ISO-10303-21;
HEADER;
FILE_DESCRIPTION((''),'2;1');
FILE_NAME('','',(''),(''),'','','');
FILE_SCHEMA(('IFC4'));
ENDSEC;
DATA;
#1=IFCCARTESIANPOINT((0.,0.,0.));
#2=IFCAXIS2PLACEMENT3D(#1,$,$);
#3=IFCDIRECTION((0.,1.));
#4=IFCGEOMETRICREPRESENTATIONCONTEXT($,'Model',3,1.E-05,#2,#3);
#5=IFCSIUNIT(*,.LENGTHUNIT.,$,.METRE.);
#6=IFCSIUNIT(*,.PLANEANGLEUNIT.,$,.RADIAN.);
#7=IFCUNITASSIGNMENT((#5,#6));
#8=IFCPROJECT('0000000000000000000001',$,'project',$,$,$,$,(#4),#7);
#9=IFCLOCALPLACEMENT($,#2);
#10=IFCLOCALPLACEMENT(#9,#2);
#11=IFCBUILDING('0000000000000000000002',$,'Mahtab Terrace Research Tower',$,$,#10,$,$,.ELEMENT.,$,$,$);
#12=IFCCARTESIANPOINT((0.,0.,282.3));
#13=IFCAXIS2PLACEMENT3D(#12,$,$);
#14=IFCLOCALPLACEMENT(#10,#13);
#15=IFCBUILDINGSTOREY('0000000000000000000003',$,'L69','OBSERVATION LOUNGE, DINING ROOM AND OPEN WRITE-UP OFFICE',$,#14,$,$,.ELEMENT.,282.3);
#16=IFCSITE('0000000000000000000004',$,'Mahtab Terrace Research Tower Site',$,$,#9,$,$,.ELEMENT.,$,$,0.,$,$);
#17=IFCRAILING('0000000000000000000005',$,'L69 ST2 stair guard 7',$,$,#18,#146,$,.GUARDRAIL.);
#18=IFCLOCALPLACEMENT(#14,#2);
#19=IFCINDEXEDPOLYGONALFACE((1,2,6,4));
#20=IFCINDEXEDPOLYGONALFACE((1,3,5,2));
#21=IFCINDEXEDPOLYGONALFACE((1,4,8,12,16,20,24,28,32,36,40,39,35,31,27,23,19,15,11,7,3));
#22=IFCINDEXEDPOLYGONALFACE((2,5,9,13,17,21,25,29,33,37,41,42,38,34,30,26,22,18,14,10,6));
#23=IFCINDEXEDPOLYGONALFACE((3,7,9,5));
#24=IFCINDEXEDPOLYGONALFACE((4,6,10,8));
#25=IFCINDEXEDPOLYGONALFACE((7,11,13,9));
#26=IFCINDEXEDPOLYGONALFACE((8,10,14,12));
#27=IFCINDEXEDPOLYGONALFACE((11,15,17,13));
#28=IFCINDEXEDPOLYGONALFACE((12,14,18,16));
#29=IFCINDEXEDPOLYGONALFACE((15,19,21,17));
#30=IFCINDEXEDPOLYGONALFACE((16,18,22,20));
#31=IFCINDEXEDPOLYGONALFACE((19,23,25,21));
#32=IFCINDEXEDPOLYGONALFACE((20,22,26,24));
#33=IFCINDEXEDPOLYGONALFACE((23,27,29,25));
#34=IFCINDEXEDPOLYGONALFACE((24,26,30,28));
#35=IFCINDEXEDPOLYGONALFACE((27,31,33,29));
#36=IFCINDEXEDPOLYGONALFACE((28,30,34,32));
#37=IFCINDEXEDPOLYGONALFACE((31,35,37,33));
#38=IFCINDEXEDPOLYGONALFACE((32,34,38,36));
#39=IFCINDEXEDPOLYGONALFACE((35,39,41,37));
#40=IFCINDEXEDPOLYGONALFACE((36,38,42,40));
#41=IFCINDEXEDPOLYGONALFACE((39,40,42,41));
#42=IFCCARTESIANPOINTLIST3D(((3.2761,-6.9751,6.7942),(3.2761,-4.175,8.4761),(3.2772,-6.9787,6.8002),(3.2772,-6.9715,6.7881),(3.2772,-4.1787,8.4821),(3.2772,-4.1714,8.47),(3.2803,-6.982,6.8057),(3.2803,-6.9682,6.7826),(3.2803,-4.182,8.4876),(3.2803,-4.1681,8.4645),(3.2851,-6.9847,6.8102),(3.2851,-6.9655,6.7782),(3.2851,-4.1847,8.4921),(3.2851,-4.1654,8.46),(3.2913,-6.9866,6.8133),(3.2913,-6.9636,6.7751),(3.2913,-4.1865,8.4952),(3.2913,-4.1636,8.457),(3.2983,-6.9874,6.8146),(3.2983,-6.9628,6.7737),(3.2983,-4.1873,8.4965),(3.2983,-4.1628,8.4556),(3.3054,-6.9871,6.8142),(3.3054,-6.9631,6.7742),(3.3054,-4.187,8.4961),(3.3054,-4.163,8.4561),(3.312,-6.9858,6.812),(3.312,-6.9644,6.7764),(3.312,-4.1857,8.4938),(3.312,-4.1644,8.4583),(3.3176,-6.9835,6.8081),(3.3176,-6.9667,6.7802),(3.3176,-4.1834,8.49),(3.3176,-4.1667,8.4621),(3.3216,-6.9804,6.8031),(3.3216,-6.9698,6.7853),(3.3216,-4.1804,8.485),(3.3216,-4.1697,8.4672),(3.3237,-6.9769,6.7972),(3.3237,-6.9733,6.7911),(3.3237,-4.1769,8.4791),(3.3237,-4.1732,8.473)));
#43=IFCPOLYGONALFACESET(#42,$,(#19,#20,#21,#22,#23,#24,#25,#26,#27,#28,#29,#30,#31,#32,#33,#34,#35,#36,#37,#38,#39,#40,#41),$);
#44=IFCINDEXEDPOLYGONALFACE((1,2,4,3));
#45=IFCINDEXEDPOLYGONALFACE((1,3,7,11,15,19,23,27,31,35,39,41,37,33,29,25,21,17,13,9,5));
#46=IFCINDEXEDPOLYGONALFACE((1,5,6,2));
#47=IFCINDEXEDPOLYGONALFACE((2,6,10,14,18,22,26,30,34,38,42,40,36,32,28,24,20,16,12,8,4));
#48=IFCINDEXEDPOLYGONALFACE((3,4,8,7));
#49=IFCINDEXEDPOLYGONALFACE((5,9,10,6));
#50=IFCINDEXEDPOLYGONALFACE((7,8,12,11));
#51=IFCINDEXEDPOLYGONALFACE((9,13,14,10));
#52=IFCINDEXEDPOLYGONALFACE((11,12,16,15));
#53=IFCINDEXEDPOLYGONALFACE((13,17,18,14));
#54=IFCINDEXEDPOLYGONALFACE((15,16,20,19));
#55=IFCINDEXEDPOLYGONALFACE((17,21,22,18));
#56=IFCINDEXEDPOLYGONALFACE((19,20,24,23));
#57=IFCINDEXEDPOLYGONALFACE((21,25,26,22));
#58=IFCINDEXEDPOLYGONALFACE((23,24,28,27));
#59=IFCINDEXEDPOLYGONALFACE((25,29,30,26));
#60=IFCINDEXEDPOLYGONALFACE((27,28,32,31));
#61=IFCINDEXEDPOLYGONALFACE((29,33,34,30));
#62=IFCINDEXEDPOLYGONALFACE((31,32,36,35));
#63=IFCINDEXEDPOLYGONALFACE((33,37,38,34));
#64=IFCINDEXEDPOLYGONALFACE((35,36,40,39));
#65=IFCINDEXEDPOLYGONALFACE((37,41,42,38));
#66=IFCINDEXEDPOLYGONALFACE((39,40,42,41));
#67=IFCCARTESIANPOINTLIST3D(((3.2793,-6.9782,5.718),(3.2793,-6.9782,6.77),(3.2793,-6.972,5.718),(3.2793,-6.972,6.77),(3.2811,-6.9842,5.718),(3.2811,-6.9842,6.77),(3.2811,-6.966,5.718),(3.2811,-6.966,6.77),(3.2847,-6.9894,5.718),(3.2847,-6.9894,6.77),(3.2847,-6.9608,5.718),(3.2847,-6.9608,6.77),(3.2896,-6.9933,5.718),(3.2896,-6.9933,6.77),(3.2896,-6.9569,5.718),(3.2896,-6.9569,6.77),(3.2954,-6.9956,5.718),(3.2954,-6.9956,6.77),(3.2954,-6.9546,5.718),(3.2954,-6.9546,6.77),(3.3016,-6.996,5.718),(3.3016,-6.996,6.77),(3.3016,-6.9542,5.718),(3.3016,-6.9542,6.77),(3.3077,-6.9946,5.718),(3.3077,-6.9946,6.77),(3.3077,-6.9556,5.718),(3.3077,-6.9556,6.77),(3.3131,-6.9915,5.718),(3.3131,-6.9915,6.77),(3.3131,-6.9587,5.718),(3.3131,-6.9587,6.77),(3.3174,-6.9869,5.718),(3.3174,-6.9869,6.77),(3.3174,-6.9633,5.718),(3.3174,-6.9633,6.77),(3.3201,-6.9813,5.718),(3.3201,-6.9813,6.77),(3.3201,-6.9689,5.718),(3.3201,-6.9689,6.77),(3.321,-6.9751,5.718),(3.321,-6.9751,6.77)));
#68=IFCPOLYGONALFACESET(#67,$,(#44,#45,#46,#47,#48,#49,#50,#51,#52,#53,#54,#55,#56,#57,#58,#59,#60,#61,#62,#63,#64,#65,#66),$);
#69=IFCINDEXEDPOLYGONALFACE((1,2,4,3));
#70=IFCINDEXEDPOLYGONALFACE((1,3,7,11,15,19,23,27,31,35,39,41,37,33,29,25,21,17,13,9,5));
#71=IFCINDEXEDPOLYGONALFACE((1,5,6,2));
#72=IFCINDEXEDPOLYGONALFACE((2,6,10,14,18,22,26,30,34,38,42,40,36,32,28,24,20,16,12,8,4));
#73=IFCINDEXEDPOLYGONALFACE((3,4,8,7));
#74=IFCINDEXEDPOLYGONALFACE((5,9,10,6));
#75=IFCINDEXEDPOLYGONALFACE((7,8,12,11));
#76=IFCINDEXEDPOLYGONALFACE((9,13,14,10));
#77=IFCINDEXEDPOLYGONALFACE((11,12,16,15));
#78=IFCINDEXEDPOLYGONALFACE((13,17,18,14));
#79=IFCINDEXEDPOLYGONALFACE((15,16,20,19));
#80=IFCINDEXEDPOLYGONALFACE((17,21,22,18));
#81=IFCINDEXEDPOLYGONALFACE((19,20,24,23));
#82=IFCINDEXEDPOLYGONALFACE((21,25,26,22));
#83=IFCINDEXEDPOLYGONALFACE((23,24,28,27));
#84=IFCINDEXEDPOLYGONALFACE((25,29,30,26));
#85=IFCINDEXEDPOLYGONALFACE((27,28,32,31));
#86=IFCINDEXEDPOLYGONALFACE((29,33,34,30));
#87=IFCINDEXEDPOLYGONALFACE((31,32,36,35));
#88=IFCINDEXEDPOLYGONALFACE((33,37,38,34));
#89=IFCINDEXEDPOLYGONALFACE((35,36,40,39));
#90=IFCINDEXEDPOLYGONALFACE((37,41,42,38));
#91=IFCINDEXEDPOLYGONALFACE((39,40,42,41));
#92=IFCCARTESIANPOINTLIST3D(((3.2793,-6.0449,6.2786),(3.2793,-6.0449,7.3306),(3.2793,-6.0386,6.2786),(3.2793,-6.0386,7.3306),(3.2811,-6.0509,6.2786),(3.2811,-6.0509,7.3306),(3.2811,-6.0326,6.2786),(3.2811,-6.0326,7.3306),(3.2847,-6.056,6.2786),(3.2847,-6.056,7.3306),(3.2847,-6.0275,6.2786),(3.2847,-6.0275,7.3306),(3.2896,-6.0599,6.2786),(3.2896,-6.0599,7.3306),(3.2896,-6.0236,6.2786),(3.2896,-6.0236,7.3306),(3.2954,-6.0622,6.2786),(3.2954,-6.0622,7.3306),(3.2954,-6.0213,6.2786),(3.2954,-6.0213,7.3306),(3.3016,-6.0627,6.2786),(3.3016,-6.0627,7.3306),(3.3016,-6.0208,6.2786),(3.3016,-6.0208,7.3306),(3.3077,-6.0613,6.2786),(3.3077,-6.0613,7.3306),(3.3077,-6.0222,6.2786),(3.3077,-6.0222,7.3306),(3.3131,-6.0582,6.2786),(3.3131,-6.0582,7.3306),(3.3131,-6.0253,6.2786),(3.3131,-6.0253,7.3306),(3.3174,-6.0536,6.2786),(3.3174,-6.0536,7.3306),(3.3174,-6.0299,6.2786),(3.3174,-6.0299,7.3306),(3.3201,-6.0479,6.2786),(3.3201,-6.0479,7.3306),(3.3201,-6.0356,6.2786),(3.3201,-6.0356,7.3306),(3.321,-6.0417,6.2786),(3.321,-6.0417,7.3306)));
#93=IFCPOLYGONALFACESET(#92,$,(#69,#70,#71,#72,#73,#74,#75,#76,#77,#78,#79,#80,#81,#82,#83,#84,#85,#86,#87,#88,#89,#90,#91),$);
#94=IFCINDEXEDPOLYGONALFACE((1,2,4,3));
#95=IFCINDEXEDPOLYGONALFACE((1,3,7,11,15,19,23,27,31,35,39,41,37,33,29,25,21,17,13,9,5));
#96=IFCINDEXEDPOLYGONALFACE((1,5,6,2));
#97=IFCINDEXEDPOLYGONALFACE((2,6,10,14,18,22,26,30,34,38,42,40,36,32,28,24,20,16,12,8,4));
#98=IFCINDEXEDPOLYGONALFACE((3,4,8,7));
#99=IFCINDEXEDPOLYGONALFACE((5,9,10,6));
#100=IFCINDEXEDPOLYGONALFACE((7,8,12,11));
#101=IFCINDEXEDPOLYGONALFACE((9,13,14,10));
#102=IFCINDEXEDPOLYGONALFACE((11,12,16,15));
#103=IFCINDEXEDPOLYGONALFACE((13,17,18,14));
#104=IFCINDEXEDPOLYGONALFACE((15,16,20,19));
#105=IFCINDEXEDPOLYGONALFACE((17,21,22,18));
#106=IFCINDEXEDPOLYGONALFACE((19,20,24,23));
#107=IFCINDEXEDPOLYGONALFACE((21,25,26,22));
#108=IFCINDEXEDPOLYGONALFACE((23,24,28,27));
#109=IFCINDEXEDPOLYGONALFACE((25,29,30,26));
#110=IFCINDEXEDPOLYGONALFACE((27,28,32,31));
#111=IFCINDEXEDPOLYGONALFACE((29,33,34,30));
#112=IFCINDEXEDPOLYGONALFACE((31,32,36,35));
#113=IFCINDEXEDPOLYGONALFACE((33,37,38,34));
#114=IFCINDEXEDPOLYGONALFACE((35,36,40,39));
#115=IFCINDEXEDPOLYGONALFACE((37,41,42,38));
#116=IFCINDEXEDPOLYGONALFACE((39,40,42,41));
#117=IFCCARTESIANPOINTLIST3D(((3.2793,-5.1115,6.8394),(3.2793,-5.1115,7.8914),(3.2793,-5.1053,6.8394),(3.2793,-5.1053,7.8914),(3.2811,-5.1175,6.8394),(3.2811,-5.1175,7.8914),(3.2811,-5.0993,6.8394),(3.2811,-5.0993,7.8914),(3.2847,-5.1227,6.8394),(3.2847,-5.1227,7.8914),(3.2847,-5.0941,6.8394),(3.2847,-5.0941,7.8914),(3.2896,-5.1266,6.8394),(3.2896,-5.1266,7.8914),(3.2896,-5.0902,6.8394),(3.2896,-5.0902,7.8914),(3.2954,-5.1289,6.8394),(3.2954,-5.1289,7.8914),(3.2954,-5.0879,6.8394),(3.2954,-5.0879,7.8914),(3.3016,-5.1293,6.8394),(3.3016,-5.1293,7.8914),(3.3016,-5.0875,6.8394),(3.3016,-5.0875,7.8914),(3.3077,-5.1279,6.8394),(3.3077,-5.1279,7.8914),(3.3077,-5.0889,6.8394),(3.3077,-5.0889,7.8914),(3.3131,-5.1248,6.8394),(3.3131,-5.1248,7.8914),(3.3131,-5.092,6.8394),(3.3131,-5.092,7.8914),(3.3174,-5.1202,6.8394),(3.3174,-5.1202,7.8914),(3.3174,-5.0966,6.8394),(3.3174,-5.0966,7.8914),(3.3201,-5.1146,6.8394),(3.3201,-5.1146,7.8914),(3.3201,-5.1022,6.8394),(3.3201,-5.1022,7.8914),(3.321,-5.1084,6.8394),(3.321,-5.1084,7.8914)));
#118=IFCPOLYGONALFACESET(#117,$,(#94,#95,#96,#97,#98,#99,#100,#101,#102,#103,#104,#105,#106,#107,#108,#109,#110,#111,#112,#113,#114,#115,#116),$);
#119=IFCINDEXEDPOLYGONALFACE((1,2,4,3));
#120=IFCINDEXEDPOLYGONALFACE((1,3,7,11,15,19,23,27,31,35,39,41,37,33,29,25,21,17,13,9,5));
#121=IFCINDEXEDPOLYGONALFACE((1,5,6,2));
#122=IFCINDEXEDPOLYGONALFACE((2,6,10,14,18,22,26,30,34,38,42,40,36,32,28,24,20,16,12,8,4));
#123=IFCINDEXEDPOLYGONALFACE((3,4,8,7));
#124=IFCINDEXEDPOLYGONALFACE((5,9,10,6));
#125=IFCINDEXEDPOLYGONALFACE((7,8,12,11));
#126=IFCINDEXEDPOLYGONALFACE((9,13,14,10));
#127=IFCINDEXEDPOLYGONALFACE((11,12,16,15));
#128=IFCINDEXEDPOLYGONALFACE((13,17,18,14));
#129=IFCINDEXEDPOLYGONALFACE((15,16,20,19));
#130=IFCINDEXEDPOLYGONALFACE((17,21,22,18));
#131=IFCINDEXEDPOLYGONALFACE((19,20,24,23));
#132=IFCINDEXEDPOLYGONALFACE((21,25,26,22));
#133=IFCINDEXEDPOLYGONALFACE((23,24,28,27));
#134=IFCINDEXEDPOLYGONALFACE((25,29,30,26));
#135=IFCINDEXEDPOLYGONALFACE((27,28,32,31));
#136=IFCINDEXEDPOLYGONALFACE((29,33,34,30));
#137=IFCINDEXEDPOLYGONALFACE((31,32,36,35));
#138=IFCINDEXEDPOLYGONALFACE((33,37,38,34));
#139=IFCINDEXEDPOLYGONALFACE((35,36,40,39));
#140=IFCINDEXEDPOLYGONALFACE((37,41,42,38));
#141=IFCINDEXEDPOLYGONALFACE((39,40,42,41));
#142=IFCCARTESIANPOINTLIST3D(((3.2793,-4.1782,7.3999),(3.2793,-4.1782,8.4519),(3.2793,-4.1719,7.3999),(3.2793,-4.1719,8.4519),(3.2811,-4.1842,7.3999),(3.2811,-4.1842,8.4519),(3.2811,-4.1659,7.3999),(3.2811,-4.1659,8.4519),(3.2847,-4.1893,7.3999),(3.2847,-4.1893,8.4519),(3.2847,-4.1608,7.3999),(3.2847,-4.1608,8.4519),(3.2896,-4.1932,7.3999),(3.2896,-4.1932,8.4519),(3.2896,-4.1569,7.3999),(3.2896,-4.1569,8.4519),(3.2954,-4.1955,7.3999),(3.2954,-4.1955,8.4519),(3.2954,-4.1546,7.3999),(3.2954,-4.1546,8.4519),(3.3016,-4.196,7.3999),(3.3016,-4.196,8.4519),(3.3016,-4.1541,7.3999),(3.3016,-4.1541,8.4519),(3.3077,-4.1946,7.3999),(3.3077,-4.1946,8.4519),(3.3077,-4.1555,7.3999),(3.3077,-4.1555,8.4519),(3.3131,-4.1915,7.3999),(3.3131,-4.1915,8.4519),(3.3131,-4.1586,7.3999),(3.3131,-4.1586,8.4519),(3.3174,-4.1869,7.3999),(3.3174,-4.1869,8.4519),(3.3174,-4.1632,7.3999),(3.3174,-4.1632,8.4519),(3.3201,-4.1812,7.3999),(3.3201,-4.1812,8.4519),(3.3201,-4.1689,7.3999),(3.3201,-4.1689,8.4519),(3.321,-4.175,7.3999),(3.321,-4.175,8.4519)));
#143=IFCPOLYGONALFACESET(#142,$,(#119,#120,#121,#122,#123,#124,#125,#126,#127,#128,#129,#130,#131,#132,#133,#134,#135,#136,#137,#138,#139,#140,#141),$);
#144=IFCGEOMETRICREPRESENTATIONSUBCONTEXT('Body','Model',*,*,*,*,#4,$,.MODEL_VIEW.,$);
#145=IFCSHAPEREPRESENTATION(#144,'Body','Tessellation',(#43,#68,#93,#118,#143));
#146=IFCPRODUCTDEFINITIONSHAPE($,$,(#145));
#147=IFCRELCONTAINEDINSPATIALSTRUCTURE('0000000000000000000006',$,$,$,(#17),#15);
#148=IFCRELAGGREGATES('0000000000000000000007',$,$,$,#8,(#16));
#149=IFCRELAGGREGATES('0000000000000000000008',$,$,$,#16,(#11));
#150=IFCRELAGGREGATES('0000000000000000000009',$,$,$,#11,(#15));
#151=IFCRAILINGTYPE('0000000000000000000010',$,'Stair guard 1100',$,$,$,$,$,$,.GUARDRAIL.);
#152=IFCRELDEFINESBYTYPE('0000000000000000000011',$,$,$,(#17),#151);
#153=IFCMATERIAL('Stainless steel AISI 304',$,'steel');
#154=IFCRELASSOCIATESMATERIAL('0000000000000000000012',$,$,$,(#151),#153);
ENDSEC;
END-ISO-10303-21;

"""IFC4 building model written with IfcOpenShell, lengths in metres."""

from ifc_helpers import new_model, si_unit, direction, frame, origin, origin_2d, place, context, subcontext, project, spatial, circle, extrude, material, type_object, element, save


model = new_model("IFC4")

# Units and contexts
model_context = context("Model", 3, precision=1e-05, world=origin(), true_north=direction((0.0, 1.0)))
body_context = subcontext(model_context, "Body", "Model", "MODEL_VIEW")
ifc_project = project(units=[si_unit("LENGTHUNIT", "METRE"), si_unit("PLANEANGLEUNIT", "RADIAN")], contexts=[model_context])

# Site, building, storey
site_placement = place(None, origin())
site = spatial("IfcSite", under=ifc_project, at=site_placement, Name="Mahtab Terrace Research Tower Site", CompositionType="ELEMENT", RefElevation=0.0)
building_placement = place(site_placement, origin())
building = spatial("IfcBuilding", under=site, at=building_placement, Name="Mahtab Terrace Research Tower", CompositionType="ELEMENT")
storey_placement = place(building_placement, frame((0.0, 0.0, 282.3)))
storey = spatial("IfcBuildingStorey", under=building, at=storey_placement, Name="L69", Description="OBSERVATION LOUNGE, DINING ROOM AND OPEN WRITE-UP OFFICE", CompositionType="ELEMENT", Elevation=282.3)

# Railing
ifc_material_1 = material(Name="Stainless steel AISI 304", Category="steel")
railing_type_1 = type_object("IfcRailingType", Name="Stair guard 1100", PredefinedType="GUARDRAIL", material=ifc_material_1)
railing_1_placement = place(storey_placement, frame((3.3, -6.9751, 5.718)))
element("IfcRailing", 1, at=railing_1_placement, inside=storey, type_object=railing_type_1, Name="L69 ST2 stair guard 7", PredefinedType="GUARDRAIL", context=body_context, shape_type="SweptSolid", body=[
    extrude(circle(Radius=0.0239, at=origin_2d()), frame((0.0, 0.0, 1.0762), z_axis=(0.0, 0.857242, 0.514913), x_axis=(-1.0, 0.0, 0.0)), (0.0, 0.0, 1.0), 3.2664),
    extrude(circle(Radius=0.021, at=origin_2d()), origin(), (0.0, 0.0, 1.0), 1.052),
    extrude(circle(Radius=0.021, at=origin_2d()), frame((0.0, 0.9333, 0.5605)), (0.0, 0.0, 1.0), 1.052),
    extrude(circle(Radius=0.021, at=origin_2d()), frame((0.0, 1.8667, 1.1213)), (0.0, 0.0, 1.0), 1.052),
    extrude(circle(Radius=0.021, at=origin_2d()), frame((0.0, 2.8, 1.6819)), (0.0, 0.0, 1.0), 1.052),
])

save(model, "model.ifc")
